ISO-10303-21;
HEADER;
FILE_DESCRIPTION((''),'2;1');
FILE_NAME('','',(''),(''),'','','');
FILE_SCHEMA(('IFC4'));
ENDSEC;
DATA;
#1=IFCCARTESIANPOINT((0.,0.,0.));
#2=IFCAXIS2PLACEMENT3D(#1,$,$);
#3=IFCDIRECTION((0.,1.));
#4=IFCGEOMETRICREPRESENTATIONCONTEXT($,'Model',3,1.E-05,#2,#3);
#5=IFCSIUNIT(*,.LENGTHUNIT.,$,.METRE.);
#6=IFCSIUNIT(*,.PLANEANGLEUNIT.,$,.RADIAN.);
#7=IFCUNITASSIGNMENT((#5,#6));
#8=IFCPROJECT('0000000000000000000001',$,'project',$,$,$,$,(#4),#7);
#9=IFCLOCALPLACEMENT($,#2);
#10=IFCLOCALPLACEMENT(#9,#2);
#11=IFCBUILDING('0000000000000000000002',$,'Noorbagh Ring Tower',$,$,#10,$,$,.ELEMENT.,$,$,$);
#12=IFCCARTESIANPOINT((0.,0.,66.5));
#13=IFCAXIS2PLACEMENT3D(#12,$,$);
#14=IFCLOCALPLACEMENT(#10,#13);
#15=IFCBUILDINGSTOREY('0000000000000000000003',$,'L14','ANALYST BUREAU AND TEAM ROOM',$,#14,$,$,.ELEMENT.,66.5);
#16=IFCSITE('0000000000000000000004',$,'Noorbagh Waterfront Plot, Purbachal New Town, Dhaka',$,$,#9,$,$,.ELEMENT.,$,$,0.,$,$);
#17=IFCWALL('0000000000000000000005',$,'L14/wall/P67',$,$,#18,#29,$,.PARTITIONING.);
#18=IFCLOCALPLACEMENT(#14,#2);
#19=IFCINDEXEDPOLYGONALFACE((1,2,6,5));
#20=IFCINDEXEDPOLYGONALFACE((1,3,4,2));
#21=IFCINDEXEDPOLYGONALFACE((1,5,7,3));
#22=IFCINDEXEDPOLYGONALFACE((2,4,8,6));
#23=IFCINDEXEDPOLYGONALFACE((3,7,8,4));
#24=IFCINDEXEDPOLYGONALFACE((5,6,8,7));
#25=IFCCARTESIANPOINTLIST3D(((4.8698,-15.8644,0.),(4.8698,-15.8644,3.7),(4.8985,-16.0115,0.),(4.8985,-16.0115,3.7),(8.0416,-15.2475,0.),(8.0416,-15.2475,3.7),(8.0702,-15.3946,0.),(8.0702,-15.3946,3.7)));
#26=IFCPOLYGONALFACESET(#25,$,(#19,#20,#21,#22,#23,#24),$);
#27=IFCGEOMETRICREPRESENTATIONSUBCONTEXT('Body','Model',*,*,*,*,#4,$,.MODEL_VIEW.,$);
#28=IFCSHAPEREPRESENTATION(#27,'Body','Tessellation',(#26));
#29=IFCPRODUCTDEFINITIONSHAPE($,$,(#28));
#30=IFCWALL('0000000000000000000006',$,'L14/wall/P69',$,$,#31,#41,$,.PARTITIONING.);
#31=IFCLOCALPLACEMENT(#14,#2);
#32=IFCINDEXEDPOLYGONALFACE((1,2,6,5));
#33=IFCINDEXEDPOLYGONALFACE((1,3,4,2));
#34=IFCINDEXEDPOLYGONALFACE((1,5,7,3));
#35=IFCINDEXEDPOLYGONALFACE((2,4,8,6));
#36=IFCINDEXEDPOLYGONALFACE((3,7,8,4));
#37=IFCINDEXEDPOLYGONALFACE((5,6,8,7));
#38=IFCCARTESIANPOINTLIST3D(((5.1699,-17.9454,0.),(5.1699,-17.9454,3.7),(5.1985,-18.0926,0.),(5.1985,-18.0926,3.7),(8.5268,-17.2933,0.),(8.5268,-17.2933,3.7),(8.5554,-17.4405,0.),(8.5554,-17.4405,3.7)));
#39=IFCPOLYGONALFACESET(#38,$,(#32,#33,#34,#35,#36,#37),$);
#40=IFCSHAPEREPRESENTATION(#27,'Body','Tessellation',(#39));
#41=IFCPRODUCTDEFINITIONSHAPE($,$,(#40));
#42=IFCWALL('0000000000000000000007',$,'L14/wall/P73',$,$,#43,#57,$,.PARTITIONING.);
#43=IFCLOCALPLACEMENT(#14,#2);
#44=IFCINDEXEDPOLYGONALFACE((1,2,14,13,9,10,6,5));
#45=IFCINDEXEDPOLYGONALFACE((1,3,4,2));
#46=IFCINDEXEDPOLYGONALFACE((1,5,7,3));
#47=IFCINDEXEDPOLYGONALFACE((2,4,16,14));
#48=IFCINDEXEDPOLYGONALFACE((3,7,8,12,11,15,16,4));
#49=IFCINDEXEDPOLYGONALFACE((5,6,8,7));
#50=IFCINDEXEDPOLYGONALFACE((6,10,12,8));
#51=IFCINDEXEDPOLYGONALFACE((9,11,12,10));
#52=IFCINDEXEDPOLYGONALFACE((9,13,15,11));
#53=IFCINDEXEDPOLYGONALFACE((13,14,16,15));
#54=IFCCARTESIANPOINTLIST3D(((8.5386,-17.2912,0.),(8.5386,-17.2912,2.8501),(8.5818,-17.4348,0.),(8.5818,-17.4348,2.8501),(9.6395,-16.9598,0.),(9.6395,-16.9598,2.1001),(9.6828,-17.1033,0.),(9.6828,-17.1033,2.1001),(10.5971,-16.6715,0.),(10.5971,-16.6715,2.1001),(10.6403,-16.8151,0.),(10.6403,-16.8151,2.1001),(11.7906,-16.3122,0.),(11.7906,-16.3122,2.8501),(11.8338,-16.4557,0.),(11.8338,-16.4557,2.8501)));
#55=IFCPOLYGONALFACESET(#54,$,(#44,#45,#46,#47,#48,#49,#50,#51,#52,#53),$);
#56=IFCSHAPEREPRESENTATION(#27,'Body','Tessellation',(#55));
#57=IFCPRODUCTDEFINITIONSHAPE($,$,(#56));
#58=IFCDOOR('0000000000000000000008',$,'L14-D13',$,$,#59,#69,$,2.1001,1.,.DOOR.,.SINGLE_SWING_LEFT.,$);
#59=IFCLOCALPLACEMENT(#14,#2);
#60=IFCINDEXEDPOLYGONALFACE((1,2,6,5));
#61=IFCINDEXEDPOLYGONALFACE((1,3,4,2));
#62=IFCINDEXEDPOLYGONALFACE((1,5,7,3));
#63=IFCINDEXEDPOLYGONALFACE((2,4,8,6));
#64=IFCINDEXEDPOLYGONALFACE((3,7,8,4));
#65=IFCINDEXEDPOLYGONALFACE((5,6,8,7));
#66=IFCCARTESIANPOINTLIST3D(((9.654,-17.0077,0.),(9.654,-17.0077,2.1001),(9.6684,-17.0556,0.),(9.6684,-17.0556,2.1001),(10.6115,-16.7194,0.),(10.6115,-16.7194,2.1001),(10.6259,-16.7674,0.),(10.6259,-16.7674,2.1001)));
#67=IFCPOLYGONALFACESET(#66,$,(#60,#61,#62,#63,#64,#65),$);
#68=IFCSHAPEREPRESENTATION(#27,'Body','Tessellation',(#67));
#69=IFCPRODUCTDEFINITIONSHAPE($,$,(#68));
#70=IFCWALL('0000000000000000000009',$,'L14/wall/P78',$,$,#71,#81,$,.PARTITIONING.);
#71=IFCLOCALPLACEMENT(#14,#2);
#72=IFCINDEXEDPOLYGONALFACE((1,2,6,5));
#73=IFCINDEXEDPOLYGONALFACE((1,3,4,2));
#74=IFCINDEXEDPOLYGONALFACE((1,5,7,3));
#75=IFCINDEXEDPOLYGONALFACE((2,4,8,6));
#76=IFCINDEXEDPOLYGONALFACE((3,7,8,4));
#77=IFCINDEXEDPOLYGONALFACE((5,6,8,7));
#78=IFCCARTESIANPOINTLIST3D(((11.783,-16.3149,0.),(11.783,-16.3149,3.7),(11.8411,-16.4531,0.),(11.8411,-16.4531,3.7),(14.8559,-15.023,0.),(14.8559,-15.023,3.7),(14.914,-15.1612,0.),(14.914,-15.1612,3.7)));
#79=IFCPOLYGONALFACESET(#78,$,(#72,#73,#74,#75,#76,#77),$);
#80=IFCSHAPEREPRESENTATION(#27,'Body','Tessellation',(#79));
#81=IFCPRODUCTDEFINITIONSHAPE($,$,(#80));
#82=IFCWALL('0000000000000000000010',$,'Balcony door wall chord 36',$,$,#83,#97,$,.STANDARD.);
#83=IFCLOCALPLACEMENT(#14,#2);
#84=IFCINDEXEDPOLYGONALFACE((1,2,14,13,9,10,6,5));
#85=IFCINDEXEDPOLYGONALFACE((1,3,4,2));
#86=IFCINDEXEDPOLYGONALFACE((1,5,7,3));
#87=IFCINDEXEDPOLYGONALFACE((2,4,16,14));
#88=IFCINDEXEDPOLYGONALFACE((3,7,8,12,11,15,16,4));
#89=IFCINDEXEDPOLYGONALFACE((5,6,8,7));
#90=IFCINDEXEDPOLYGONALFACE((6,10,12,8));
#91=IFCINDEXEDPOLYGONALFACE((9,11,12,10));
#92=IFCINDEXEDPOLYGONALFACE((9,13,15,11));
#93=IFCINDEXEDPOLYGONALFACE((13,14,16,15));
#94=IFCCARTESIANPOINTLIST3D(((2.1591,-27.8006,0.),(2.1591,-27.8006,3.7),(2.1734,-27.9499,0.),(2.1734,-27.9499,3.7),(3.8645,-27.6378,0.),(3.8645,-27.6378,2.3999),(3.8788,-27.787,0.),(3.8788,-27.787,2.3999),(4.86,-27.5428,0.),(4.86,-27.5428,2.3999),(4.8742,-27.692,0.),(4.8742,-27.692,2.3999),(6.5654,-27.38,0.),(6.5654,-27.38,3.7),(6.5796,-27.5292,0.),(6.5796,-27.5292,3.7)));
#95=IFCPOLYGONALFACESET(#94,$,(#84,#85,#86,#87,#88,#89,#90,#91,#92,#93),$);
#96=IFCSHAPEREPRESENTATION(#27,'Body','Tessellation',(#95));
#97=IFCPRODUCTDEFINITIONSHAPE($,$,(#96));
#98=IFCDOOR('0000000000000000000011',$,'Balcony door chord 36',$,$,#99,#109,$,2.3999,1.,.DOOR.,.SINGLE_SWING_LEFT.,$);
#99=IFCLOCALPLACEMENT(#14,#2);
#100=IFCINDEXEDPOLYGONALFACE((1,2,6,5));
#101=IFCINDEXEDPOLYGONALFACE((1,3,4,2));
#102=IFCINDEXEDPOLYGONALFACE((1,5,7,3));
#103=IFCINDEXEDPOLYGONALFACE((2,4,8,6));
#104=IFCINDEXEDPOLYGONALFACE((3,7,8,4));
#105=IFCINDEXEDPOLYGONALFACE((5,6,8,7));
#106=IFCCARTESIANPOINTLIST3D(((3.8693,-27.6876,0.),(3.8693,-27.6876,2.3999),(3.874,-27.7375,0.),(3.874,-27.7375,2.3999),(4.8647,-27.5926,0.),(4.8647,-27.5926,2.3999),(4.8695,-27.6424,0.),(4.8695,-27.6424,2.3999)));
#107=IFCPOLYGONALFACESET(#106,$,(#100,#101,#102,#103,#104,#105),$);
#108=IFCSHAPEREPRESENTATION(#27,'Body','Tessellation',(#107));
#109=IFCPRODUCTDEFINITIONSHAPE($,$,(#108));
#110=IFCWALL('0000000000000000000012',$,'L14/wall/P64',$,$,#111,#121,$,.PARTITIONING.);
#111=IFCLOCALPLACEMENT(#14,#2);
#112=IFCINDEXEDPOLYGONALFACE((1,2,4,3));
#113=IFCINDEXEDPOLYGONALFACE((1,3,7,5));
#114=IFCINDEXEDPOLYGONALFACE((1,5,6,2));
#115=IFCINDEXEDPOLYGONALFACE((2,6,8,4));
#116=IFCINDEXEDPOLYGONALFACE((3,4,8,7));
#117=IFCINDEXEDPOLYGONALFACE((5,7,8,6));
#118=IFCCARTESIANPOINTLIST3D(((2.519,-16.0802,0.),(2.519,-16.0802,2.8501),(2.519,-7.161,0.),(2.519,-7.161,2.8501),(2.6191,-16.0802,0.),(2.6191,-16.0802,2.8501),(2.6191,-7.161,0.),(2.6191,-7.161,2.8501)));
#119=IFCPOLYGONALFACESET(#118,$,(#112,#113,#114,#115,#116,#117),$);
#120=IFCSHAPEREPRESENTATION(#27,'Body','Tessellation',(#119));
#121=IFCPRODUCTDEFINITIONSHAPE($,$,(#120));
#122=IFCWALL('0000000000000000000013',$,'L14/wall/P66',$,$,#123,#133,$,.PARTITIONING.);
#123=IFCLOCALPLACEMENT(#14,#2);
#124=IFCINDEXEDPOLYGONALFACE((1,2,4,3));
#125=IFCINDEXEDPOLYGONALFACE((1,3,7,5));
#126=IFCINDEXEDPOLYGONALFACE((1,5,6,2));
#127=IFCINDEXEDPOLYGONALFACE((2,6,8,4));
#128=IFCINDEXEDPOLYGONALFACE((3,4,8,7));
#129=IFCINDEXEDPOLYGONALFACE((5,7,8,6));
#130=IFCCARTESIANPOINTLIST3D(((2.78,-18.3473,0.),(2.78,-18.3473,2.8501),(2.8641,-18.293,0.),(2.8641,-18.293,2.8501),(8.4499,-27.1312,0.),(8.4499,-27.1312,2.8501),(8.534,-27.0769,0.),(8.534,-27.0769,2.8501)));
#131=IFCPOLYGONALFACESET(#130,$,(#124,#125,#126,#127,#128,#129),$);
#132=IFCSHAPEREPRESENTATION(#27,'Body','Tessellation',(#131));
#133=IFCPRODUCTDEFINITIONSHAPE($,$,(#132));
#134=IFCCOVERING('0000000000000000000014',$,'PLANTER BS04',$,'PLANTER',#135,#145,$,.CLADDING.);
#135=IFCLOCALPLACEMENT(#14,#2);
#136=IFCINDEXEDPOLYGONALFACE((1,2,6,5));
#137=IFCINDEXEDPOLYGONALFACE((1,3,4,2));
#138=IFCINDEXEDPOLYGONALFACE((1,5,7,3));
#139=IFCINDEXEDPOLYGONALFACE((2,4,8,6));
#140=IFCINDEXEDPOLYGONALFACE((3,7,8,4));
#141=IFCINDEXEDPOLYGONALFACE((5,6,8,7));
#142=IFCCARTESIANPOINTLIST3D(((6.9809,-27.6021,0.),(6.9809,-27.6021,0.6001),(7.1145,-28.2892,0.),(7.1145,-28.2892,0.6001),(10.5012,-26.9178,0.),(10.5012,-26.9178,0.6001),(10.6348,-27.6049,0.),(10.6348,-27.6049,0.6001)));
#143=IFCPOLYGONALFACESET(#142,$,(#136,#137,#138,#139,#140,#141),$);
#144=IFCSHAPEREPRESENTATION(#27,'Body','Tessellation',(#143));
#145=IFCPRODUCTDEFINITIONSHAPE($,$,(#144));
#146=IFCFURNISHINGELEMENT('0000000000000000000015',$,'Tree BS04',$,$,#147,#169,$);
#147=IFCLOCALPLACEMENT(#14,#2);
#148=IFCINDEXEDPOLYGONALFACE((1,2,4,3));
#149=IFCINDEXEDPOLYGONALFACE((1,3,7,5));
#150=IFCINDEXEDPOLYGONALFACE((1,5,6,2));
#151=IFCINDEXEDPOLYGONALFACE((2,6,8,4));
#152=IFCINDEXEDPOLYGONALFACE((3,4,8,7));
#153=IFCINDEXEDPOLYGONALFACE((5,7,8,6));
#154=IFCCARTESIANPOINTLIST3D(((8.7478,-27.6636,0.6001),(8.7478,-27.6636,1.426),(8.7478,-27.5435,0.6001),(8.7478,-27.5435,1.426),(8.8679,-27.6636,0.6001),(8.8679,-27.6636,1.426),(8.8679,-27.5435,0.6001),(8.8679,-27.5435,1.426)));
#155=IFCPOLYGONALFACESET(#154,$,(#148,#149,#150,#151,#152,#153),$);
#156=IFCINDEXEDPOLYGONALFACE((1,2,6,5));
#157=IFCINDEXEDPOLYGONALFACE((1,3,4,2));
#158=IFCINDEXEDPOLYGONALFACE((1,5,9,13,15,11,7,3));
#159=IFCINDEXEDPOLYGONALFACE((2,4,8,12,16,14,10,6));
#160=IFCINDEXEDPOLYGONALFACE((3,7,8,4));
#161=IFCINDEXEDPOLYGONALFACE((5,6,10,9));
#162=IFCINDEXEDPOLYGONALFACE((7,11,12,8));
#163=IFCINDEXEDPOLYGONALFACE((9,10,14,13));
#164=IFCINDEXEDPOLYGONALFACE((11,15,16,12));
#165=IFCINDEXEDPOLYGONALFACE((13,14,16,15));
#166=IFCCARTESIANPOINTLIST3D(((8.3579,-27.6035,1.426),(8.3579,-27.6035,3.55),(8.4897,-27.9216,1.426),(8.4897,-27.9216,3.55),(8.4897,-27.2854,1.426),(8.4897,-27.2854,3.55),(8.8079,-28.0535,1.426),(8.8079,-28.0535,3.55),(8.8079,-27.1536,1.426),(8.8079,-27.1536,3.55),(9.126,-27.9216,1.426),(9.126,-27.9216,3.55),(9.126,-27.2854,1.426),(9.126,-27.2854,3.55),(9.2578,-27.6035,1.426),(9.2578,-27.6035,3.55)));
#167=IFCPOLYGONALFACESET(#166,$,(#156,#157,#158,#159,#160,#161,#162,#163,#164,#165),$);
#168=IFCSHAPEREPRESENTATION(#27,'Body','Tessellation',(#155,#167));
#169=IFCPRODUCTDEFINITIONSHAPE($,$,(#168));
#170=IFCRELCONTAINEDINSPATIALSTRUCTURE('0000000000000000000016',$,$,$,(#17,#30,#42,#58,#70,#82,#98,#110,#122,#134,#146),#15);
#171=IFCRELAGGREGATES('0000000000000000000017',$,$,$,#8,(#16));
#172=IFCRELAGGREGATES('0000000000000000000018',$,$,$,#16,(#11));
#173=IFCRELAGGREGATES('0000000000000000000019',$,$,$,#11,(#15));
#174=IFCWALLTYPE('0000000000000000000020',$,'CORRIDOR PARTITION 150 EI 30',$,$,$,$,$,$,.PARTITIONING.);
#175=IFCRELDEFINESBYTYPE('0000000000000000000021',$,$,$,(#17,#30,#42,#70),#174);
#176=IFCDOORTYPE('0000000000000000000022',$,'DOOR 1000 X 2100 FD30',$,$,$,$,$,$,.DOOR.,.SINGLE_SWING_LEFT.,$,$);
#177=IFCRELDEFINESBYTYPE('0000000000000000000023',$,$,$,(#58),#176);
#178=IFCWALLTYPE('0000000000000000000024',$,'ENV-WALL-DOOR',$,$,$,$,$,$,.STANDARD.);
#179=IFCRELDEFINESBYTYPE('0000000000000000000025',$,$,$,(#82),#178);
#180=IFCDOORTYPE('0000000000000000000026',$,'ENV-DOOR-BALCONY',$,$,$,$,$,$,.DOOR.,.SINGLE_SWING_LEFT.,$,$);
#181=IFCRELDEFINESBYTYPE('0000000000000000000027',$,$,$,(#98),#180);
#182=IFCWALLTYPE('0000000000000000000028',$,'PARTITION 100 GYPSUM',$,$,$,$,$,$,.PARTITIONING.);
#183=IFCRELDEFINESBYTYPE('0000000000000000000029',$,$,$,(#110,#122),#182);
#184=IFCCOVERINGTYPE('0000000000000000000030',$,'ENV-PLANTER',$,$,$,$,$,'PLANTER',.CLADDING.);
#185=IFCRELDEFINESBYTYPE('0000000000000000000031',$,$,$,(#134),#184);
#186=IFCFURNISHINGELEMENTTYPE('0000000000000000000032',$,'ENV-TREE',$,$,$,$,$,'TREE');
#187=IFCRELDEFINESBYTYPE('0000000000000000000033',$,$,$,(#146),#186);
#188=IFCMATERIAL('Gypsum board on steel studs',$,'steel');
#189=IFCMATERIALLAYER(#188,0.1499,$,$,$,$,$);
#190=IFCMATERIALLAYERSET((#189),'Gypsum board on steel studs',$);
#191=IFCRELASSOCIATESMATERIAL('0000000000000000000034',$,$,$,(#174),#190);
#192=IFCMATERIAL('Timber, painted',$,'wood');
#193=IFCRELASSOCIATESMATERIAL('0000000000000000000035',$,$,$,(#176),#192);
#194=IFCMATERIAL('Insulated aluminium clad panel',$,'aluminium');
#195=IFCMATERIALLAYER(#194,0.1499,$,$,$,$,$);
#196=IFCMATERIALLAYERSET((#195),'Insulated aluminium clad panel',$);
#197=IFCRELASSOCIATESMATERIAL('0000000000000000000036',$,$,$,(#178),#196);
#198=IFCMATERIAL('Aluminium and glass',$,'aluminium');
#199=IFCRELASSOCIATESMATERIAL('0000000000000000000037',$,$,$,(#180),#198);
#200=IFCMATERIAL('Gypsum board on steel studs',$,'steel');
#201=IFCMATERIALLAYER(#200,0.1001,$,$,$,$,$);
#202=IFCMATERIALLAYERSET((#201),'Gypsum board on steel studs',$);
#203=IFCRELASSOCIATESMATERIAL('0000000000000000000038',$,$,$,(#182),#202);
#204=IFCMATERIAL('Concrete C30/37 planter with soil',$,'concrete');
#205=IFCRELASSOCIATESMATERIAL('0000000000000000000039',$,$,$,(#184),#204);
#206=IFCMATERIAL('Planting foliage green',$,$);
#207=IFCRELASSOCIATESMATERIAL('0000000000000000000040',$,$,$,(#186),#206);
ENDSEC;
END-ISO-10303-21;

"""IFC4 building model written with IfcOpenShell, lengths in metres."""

from ifc_helpers import new_model, si_unit, direction, frame, frame_2d, origin, origin_2d, place, context, subcontext, project, spatial, polyline, rectangle, outline, extrude, material, layer, layer_set, type_object, element, fill, save


model = new_model("IFC4")

# Units and contexts
model_context = context("Model", 3, precision=1e-05, world=origin(), true_north=direction((0.0, 1.0)))
body_context = subcontext(model_context, "Body", "Model", "MODEL_VIEW")
ifc_project = project(units=[si_unit("LENGTHUNIT", "METRE"), si_unit("PLANEANGLEUNIT", "RADIAN")], contexts=[model_context])

# Site, building, storey
site_placement = place(None, origin())
site = spatial("IfcSite", under=ifc_project, at=site_placement, Name="Noorbagh Waterfront Plot, Purbachal New Town, Dhaka", CompositionType="ELEMENT", RefElevation=0.0)
building_placement = place(site_placement, origin())
building = spatial("IfcBuilding", under=site, at=building_placement, Name="Noorbagh Ring Tower", CompositionType="ELEMENT")
storey_placement = place(building_placement, frame((0.0, 0.0, 66.5)))
storey = spatial("IfcBuildingStorey", under=building, at=storey_placement, Name="L14", Description="ANALYST BUREAU AND TEAM ROOM", CompositionType="ELEMENT", Elevation=66.5)

# Walls
ifc_material_1 = material(Name="Gypsum board on steel studs", Category="steel")
ifc_layer_1 = layer(ifc_material_1, 0.1499)
ifc_layer_set_1 = layer_set([ifc_layer_1], Name="Gypsum board on steel studs")
wall_type_1 = type_object("IfcWallType", Name="CORRIDOR PARTITION 150 EI 30", PredefinedType="PARTITIONING", material=ifc_layer_set_1)
wall_1_placement = place(storey_placement, frame((4.884, -15.938, 0.0), z_axis=(0.0, 0.0, 1.0), x_axis=(0.981604, 0.190926, 0.0)))
element("IfcWall", 1, at=wall_1_placement, inside=storey, type_object=wall_type_1, Name="L14/wall/P67", PredefinedType="PARTITIONING", context=body_context, shape_type="SweptSolid", body=[
    extrude(rectangle(XDim=3.2312, YDim=0.1499, at=frame_2d((1.6157, 0.0))), origin(), (0.0, 0.0, 1.0), 3.7),
])
wall_2_placement = place(storey_placement, frame((5.1841, -18.019, 0.0), z_axis=(0.0, 0.0, 1.0), x_axis=(0.98165, 0.19069, 0.0)))
element("IfcWall", 2, at=wall_2_placement, inside=storey, type_object=wall_type_1, Name="L14/wall/P69", PredefinedType="PARTITIONING", context=body_context, shape_type="SweptSolid", body=[
    extrude(rectangle(XDim=3.4197, YDim=0.1499, at=frame_2d((1.71, 0.0))), origin(), (0.0, 0.0, 1.0), 3.7),
])

# Wall, opening, door
wall_3_placement = place(storey_placement, frame((8.5601, -17.363, 0.0), z_axis=(0.0, 0.0, 1.0), x_axis=(0.957549, 0.288271, 0.0)))
wall_3 = element("IfcWall", 3, at=wall_3_placement, inside=storey, type_object=wall_type_1, Name="L14/wall/P73", PredefinedType="PARTITIONING", context=body_context, shape_type="SweptSolid", body=[
    extrude(rectangle(XDim=3.3962, YDim=0.1499, at=frame_2d((1.6982, 0.0))), origin(), (0.0, 0.0, 1.0), 2.8501),
])
opening_1_placement = place(wall_3_placement, frame((1.1499, 0.0, 0.0)))
opening_1 = element("IfcOpeningElement", 4, at=opening_1_placement, cuts=wall_3, PredefinedType="OPENING", context=body_context, shape_type="SweptSolid", body=[
    extrude(rectangle(XDim=1.0, YDim=2.1001, at=frame_2d((0.5, 1.05))), frame((0.0, 0.085, 0.0), z_axis=(0.0, -1.0, 0.0), x_axis=(1.0, 0.0, 0.0)), (0.0, 0.0, 1.0), 0.1699),
])
ifc_material_2 = material(Name="Timber, painted", Category="wood")
door_type_1 = type_object("IfcDoorType", Name="DOOR 1000 X 2100 FD30", OperationType="SINGLE_SWING_LEFT", PredefinedType="DOOR", material=ifc_material_2)
door_1_placement = place(opening_1_placement, origin())
door_1 = element("IfcDoor", 5, at=door_1_placement, inside=storey, type_object=door_type_1, Name="L14-D13", OperationType="SINGLE_SWING_LEFT", OverallHeight=2.1001, OverallWidth=1.0, PredefinedType="DOOR", context=body_context, shape_type="SweptSolid", body=[
    extrude(rectangle(XDim=1.0, YDim=2.1001, at=frame_2d((0.5, 1.05))), frame((0.0, 0.0249, 0.0), z_axis=(0.0, -1.0, 0.0), x_axis=(1.0, 0.0, 0.0)), (0.0, 0.0, 1.0), 0.05),
])
fill(opening_1, door_1)

# Wall
wall_4_placement = place(storey_placement, frame((11.812, -16.384, 0.0), z_axis=(0.0, 0.0, 1.0), x_axis=(0.921839, 0.387572, 0.0)))
element("IfcWall", 6, at=wall_4_placement, inside=storey, type_object=wall_type_1, Name="L14/wall/P78", PredefinedType="PARTITIONING", context=body_context, shape_type="SweptSolid", body=[
    extrude(rectangle(XDim=3.3335, YDim=0.1499, at=frame_2d((1.6667, 0.0))), origin(), (0.0, 0.0, 1.0), 3.7),
])

# Wall, opening, door
ifc_material_3 = material(Name="Insulated aluminium clad panel", Category="aluminium")
ifc_layer_2 = layer(ifc_material_3, 0.1499)
ifc_layer_set_2 = layer_set([ifc_layer_2], Name="Insulated aluminium clad panel")
wall_type_2 = type_object("IfcWallType", Name="ENV-WALL-DOOR", PredefinedType="STANDARD", material=ifc_layer_set_2)
wall_5_placement = place(storey_placement, frame((2.1663, -27.8752, 0.0), z_axis=(0.0, 0.0, 1.0), x_axis=(0.995474, 0.095036, 0.0)))
wall_5 = element("IfcWall", 7, at=wall_5_placement, inside=storey, type_object=wall_type_2, Name="Balcony door wall chord 36", PredefinedType="STANDARD", context=body_context, shape_type="SweptSolid", body=[
    extrude(rectangle(XDim=4.4263, YDim=0.1499, at=frame_2d((2.2131, 0.0))), origin(), (0.0, 0.0, 1.0), 3.7),
])
opening_2_placement = place(wall_5_placement, frame((1.7131, 0.0, 0.0)))
opening_2 = element("IfcOpeningElement", 8, at=opening_2_placement, cuts=wall_5, PredefinedType="OPENING", context=body_context, shape_type="SweptSolid", body=[
    extrude(rectangle(XDim=1.0, YDim=2.3999, at=frame_2d((0.5, 1.2))), frame((0.0, 0.085, 0.0), z_axis=(0.0, -1.0, 0.0), x_axis=(1.0, 0.0, 0.0)), (0.0, 0.0, 1.0), 0.1699),
])
ifc_material_4 = material(Name="Aluminium and glass", Category="aluminium")
door_type_2 = type_object("IfcDoorType", Name="ENV-DOOR-BALCONY", OperationType="SINGLE_SWING_LEFT", PredefinedType="DOOR", material=ifc_material_4)
door_2_placement = place(opening_2_placement, origin())
door_2 = element("IfcDoor", 9, at=door_2_placement, inside=storey, type_object=door_type_2, Name="Balcony door chord 36", OperationType="SINGLE_SWING_LEFT", OverallHeight=2.3999, OverallWidth=1.0, PredefinedType="DOOR", context=body_context, shape_type="SweptSolid", body=[
    extrude(rectangle(XDim=1.0, YDim=2.3999, at=frame_2d((0.5, 1.2))), frame((0.0, 0.0249, 0.0), z_axis=(0.0, -1.0, 0.0), x_axis=(1.0, 0.0, 0.0)), (0.0, 0.0, 1.0), 0.05),
])
fill(opening_2, door_2)

# Walls
ifc_material_5 = material(Name="Gypsum board on steel studs", Category="steel")
ifc_layer_3 = layer(ifc_material_5, 0.1001)
ifc_layer_set_3 = layer_set([ifc_layer_3], Name="Gypsum board on steel studs")
wall_type_3 = type_object("IfcWallType", Name="PARTITION 100 GYPSUM", PredefinedType="PARTITIONING", material=ifc_layer_set_3)
wall_6_placement = place(storey_placement, frame((2.5691, -16.0801, 0.0), z_axis=(0.0, 0.0, 1.0), x_axis=(0.0, 1.0, 0.0)))
element("IfcWall", 10, at=wall_6_placement, inside=storey, type_object=wall_type_3, Name="L14/wall/P64", PredefinedType="PARTITIONING", context=body_context, shape_type="SweptSolid", body=[
    extrude(rectangle(XDim=8.9192, YDim=0.1001, at=frame_2d((4.4595, 0.0))), origin(), (0.0, 0.0, 1.0), 2.8501),
])
wall_7_placement = place(storey_placement, frame((2.822, -18.3201, 0.0), z_axis=(0.0, 0.0, 1.0), x_axis=(0.54232, -0.840172, 0.0)))
element("IfcWall", 11, at=wall_7_placement, inside=storey, type_object=wall_type_3, Name="L14/wall/P66", PredefinedType="PARTITIONING", context=body_context, shape_type="SweptSolid", body=[
    extrude(rectangle(XDim=10.4548, YDim=0.1001, at=frame_2d((5.2275, 0.0))), origin(), (0.0, 0.0, 1.0), 2.8501),
])

# Covering
ifc_material_6 = material(Name="Concrete C30/37 planter with soil", Category="concrete")
covering_type = type_object("IfcCoveringType", Name="ENV-PLANTER", ElementType="PLANTER", PredefinedType="CLADDING", material=ifc_material_6)
covering_placement = place(storey_placement, frame((8.8079, -27.6035, 0.0), z_axis=(0.0, 0.0, 1.0), x_axis=(0.981625, 0.19082, 0.0)))
element("IfcCovering", 12, at=covering_placement, inside=storey, type_object=covering_type, Name="PLANTER BS04", ObjectType="PLANTER", PredefinedType="CLADDING", context=body_context, shape_type="SweptSolid", body=[
    extrude(rectangle(XDim=3.5862, YDim=0.7, at=origin_2d()), origin(), (0.0, 0.0, 1.0), 0.6001),
])

# Furnishing element
ifc_material_7 = material(Name="Planting foliage green")
furnishing_element_type = type_object("IfcFurnishingElementType", Name="ENV-TREE", ElementType="TREE", material=ifc_material_7)
furnishing_placement = place(storey_placement, frame((8.8079, -27.6035, 0.6001), z_axis=(0.0, 0.0, 1.0), x_axis=(1.0, 0.0, 0.0)))
element("IfcFurnishingElement", 13, at=furnishing_placement, inside=storey, type_object=furnishing_element_type, Name="Tree BS04", context=body_context, shape_type="SweptSolid", body=[
    extrude(rectangle(XDim=0.1201, YDim=0.1201, at=origin_2d()), origin(), (0.0, 0.0, 1.0), 0.8259),
    extrude(outline(polyline([(0.45, 0.0), (0.3181, 0.3181), (0.0, 0.45), (-0.3181, 0.3181), (-0.45, 0.0), (-0.3181, -0.3181), (0.0, -0.45), (0.3181, -0.3181), (0.45, 0.0)])), frame((0.0, 0.0, 0.8259)), (0.0, 0.0, 1.0), 2.124),
])

save(model, "model.ifc")
